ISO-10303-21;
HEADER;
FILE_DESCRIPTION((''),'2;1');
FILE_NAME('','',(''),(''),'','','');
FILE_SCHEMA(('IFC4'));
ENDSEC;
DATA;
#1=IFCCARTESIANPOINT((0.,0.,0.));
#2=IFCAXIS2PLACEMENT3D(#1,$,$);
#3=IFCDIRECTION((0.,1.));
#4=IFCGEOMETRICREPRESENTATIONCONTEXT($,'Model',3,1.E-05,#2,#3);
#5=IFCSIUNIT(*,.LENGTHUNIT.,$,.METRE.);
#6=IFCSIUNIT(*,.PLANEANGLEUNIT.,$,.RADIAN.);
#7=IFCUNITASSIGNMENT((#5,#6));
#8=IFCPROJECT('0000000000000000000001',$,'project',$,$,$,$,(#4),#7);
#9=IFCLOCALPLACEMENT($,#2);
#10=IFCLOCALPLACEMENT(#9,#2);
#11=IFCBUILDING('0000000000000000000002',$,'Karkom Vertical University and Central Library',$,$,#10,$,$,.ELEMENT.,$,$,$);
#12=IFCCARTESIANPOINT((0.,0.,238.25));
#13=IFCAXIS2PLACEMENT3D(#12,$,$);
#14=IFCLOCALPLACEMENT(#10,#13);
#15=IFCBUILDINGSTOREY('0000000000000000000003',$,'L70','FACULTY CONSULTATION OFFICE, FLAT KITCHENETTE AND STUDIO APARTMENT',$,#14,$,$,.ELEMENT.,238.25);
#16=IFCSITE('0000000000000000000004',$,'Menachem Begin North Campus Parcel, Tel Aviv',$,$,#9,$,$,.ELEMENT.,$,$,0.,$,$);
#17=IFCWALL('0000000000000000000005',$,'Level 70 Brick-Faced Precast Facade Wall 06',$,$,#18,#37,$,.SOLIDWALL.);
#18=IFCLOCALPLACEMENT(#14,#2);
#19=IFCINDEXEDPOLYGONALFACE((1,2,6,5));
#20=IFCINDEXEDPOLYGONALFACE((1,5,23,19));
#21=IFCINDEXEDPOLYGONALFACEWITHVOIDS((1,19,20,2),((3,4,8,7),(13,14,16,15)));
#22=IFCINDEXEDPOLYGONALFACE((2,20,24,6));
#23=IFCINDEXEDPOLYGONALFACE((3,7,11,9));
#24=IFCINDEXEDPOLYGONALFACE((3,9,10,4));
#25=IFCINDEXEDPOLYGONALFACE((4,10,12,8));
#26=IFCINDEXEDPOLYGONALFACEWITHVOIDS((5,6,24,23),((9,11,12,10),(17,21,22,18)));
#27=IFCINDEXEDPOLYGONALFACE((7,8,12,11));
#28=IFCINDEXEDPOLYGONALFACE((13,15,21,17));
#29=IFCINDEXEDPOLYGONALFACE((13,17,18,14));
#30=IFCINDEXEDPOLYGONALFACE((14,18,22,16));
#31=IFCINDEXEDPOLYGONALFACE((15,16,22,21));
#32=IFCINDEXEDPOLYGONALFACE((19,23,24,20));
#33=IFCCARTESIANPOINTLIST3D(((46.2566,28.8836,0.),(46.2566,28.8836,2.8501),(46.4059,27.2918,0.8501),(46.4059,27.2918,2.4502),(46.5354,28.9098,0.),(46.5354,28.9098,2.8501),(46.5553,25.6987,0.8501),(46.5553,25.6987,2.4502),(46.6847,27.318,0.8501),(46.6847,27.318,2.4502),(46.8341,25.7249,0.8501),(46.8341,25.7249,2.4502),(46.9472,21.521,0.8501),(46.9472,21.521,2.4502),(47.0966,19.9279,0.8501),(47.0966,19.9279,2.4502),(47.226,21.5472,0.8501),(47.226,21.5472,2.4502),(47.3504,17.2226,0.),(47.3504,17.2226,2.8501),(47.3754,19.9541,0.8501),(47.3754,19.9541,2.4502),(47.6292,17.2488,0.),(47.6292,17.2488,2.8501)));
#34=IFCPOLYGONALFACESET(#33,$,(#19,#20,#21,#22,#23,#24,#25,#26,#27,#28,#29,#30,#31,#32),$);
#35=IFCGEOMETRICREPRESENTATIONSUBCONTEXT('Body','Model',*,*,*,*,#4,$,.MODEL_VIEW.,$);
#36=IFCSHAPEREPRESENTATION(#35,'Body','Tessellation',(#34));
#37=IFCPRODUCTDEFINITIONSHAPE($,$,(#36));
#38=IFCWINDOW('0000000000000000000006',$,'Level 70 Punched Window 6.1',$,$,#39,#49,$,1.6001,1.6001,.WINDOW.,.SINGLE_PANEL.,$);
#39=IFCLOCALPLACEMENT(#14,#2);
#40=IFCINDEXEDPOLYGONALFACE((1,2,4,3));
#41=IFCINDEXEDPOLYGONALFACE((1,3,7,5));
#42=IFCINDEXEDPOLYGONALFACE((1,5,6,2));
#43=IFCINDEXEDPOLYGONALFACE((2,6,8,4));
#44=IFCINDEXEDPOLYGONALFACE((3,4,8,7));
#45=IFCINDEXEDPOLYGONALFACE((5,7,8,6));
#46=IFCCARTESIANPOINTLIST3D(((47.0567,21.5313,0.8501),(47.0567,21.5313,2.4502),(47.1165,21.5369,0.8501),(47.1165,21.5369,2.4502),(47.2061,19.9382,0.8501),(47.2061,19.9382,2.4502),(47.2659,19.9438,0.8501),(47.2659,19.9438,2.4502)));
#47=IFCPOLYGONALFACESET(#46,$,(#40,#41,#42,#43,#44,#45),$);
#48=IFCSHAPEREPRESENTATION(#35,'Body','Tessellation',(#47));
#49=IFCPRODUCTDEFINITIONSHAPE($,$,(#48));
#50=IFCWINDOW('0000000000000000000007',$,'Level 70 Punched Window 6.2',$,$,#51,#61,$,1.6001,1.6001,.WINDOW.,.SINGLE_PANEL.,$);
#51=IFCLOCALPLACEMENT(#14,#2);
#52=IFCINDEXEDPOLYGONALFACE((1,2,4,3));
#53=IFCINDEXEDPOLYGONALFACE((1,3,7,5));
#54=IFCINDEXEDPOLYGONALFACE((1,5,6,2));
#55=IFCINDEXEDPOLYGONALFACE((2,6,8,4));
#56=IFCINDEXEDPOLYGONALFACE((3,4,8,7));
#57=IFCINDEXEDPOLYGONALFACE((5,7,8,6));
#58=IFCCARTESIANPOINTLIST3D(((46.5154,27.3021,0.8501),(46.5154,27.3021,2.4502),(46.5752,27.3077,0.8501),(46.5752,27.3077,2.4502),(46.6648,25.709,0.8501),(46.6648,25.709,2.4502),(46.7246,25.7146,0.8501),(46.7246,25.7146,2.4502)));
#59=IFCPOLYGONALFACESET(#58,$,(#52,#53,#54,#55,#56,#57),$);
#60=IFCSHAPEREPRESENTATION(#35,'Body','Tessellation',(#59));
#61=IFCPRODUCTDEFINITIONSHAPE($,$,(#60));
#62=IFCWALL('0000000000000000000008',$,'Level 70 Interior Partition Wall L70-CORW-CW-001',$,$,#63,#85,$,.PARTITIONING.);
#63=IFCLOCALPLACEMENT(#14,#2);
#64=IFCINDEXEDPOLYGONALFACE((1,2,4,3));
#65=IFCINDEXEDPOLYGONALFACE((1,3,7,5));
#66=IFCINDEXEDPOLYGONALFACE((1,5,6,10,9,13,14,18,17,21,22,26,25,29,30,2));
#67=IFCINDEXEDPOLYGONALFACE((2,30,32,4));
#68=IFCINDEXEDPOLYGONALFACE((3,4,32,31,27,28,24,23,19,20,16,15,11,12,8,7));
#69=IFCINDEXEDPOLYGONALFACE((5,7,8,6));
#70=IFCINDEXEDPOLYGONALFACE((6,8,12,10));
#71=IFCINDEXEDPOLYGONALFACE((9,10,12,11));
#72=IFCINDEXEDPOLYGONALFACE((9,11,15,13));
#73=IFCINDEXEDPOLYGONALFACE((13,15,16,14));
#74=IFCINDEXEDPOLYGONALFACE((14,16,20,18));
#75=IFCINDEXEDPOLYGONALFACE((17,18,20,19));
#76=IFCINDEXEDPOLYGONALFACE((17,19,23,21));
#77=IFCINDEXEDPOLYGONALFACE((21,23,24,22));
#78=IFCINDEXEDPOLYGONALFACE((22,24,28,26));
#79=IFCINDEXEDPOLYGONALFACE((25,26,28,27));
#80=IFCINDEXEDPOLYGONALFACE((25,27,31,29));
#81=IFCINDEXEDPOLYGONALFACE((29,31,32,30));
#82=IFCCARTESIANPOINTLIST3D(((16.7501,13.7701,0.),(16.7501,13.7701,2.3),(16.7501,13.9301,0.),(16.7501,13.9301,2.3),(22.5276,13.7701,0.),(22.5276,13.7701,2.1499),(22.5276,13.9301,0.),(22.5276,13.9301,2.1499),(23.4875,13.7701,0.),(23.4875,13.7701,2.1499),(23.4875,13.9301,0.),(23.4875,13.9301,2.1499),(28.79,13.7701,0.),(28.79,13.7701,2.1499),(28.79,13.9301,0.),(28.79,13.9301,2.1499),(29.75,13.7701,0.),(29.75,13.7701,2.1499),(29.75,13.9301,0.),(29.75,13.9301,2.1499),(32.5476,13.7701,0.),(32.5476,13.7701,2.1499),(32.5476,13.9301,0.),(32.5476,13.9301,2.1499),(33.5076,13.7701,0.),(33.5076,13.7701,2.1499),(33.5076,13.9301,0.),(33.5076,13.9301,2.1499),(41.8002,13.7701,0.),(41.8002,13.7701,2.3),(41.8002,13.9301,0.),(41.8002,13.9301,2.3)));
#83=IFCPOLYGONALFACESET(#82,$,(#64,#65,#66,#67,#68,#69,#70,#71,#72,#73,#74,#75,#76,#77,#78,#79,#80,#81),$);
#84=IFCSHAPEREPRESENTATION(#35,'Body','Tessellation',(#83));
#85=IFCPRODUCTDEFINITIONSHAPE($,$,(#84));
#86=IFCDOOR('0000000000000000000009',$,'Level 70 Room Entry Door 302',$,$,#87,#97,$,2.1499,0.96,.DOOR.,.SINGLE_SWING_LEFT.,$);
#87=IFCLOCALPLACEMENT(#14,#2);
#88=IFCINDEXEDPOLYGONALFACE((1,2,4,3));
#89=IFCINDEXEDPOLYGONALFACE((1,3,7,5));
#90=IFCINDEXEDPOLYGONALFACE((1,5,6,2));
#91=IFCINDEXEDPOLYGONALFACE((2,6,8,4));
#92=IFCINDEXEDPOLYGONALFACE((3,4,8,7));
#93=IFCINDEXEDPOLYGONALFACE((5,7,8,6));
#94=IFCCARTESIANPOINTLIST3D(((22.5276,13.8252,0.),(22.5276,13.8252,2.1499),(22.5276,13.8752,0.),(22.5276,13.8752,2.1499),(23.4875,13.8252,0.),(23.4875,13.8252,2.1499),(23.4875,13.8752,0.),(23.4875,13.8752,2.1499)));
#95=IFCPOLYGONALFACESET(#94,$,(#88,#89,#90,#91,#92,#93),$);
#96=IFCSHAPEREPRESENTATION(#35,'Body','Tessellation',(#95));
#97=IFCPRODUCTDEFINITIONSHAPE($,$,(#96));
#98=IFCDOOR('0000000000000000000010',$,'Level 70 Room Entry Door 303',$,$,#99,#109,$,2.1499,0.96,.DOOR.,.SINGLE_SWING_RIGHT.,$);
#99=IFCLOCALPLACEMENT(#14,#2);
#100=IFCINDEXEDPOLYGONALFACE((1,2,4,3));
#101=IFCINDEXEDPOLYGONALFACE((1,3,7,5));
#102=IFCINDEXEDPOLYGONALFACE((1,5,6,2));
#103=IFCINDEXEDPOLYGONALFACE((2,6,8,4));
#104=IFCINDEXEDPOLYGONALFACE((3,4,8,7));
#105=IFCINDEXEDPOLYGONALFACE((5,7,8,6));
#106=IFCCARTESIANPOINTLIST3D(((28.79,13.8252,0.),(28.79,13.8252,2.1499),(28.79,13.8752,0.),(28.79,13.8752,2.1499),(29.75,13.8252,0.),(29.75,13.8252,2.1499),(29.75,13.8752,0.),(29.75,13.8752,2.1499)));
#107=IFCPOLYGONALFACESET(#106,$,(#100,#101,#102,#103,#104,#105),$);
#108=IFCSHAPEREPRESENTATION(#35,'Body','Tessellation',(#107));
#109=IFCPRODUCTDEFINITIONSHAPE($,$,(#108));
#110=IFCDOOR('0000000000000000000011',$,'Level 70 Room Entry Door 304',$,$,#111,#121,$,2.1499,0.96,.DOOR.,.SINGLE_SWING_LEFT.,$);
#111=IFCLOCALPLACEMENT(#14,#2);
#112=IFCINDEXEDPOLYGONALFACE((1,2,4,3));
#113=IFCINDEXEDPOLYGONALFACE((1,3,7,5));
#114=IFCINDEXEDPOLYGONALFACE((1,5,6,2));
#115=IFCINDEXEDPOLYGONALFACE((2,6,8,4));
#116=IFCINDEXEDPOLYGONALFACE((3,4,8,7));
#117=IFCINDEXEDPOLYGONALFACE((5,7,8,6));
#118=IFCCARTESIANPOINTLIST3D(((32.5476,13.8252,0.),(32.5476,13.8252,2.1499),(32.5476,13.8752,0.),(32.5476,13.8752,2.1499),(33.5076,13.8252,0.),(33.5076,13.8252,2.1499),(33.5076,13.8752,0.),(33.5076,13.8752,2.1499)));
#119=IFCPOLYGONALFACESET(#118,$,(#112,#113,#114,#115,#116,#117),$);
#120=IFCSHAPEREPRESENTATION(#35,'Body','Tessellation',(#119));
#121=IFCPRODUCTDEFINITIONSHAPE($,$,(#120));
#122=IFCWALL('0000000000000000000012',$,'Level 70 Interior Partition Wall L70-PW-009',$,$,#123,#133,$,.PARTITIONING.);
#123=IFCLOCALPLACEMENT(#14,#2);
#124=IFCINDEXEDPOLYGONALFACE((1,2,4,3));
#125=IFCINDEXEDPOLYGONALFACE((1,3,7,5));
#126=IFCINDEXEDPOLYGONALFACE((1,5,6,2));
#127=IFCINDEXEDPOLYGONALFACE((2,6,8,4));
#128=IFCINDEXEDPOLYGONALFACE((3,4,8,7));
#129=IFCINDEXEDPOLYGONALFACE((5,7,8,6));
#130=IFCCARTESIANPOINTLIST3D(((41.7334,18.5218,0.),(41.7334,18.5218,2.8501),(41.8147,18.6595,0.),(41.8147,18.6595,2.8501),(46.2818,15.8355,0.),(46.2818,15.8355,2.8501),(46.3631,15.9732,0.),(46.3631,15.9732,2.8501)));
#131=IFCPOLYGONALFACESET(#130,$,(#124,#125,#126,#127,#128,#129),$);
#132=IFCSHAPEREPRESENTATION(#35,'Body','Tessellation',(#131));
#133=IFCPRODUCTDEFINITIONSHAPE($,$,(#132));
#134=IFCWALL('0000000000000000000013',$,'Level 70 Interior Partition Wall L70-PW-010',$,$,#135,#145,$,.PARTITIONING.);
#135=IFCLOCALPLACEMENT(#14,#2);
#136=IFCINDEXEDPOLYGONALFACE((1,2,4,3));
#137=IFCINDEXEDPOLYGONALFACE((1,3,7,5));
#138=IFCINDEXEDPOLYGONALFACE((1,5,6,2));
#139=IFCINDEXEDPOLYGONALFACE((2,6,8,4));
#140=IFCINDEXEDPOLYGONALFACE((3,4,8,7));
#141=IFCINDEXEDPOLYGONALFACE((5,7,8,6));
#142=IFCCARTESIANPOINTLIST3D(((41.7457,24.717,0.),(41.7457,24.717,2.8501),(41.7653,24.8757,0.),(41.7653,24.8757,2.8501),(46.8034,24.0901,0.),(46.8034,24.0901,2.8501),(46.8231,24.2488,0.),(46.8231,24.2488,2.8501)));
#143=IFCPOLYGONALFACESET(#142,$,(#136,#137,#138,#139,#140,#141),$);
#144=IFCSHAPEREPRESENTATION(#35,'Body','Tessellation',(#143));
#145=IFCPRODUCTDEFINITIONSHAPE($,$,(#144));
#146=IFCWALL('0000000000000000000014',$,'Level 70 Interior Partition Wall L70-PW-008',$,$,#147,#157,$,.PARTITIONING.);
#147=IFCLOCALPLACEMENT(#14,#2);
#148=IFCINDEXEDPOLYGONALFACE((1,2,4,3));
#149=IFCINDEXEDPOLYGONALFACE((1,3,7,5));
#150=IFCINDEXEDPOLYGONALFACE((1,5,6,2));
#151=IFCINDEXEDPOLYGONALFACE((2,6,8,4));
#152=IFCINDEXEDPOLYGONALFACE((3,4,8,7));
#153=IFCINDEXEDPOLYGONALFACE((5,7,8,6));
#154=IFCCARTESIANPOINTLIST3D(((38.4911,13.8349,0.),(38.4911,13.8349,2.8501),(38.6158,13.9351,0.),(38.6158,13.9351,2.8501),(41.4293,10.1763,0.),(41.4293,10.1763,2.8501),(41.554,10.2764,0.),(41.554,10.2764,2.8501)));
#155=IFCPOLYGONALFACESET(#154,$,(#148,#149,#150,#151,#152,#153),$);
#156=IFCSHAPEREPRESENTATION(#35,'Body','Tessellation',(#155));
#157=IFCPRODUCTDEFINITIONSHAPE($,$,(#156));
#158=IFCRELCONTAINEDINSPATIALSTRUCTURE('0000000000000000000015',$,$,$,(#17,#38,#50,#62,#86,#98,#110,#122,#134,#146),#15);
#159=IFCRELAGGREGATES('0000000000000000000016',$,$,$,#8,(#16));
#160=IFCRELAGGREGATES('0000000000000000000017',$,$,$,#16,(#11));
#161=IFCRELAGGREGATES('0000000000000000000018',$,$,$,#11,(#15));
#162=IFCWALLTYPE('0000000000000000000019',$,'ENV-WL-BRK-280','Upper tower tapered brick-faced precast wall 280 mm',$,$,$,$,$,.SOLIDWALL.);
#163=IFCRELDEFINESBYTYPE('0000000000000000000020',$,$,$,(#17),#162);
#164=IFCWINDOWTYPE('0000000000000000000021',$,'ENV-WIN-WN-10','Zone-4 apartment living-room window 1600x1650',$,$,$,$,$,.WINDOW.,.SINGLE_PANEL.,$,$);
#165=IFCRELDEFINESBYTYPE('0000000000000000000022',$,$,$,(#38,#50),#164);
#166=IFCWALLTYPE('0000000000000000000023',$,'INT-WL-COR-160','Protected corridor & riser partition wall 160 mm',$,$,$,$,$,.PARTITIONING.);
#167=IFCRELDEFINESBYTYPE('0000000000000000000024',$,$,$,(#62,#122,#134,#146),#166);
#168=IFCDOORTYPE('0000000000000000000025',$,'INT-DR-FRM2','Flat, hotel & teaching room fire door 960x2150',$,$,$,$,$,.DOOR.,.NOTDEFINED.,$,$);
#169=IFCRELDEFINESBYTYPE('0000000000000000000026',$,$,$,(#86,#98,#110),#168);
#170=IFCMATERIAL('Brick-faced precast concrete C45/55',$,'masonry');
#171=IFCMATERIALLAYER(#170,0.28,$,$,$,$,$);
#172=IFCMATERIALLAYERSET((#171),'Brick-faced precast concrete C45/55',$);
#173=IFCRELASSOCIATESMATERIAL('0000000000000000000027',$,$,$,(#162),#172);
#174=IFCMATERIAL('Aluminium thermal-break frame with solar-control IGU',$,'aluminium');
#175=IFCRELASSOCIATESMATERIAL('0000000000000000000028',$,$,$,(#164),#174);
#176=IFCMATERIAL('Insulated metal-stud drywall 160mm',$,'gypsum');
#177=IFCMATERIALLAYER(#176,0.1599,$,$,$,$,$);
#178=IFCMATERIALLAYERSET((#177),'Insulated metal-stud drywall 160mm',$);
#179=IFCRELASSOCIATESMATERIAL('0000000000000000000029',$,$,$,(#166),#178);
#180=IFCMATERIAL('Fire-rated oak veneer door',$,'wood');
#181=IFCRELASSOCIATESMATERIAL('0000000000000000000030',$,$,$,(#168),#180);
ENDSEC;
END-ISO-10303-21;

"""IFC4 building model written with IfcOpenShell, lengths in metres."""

from ifc_helpers import new_model, si_unit, direction, frame, frame_2d, origin, origin_with_axes, place, context, subcontext, project, spatial, rectangle, extrude, source, transform, mapped, material, layer, layer_set, type_object, element, fill, save


model = new_model("IFC4")

# Units and contexts
model_context = context("Model", 3, precision=1e-05, world=origin(), true_north=direction((0.0, 1.0)))
body_context = subcontext(model_context, "Body", "Model", "MODEL_VIEW")
ifc_project = project(units=[si_unit("LENGTHUNIT", "METRE"), si_unit("PLANEANGLEUNIT", "RADIAN")], contexts=[model_context])

# Site, building, storey
site_placement = place(None, origin())
site = spatial("IfcSite", under=ifc_project, at=site_placement, Name="Menachem Begin North Campus Parcel, Tel Aviv", CompositionType="ELEMENT", RefElevation=0.0)
building_placement = place(site_placement, origin())
building = spatial("IfcBuilding", under=site, at=building_placement, Name="Karkom Vertical University and Central Library", CompositionType="ELEMENT")
storey_placement = place(building_placement, frame((0.0, 0.0, 238.25)))
storey = spatial("IfcBuildingStorey", under=building, at=storey_placement, Name="L70", Description="FACULTY CONSULTATION OFFICE, FLAT KITCHENETTE AND STUDIO APARTMENT", CompositionType="ELEMENT", Elevation=238.25)

# Shared definitions
ifc_material_1 = material(Name="Brick-faced precast concrete C45/55", Category="masonry")
ifc_layer_1 = layer(ifc_material_1, 0.28)
ifc_layer_set_1 = layer_set([ifc_layer_1], Name="Brick-faced precast concrete C45/55")
wall_type_1 = type_object("IfcWallType", Name="ENV-WL-BRK-280", Description="Upper tower tapered brick-faced precast wall 280 mm", PredefinedType="SOLIDWALL", material=ifc_layer_set_1)
ifc_material_2 = material(Name="Aluminium thermal-break frame with solar-control IGU", Category="aluminium")
window_type = type_object("IfcWindowType", Name="ENV-WIN-WN-10", Description="Zone-4 apartment living-room window 1600x1650", PartitioningType="SINGLE_PANEL", PredefinedType="WINDOW", material=ifc_material_2)
shared_shape_1 = source(origin_with_axes(), body_context, "Body", "SweptSolid", [
    extrude(rectangle(XDim=1.6001, YDim=1.6001, at=frame_2d((0.8, 0.8))), frame((0.0, 0.03, 0.0), z_axis=(0.0, -1.0, 0.0), x_axis=(1.0, 0.0, 0.0)), (0.0, 0.0, 1.0), 0.0601),
])

# Wall, openings, windows
wall_1_placement = place(storey_placement, frame((47.4897, 17.2358, 0.0), z_axis=(0.0, 0.0, 1.0), x_axis=(-0.093387, 0.99563, 0.0)))
wall_1 = element("IfcWall", 1, at=wall_1_placement, inside=storey, type_object=wall_type_1, Name="Level 70 Brick-Faced Precast Facade Wall 06", PredefinedType="SOLIDWALL", context=body_context, shape_type="SweptSolid", body=[
    extrude(rectangle(XDim=11.7122, YDim=0.28, at=frame_2d((5.856, 0.0))), origin(), (0.0, 0.0, 1.0), 2.8501),
])
opening_1_placement = place(wall_1_placement, frame((2.717, 0.0, 0.8501)))
opening_1 = element("IfcOpeningElement", 2, at=opening_1_placement, cuts=wall_1, PredefinedType="OPENING", context=body_context, shape_type="SweptSolid", body=[
    extrude(rectangle(XDim=1.6001, YDim=1.6001, at=frame_2d((0.8, 0.8))), frame((0.0, 0.1499, 0.0), z_axis=(0.0, -1.0, 0.0), x_axis=(1.0, 0.0, 0.0)), (0.0, 0.0, 1.0), 0.3),
])
opening_2_placement = place(wall_1_placement, frame((8.5132, 0.0, 0.8501)))
opening_2 = element("IfcOpeningElement", 3, at=opening_2_placement, cuts=wall_1, PredefinedType="OPENING", context=body_context, shape_type="SweptSolid", body=[
    extrude(rectangle(XDim=1.6001, YDim=1.6001, at=frame_2d((0.8, 0.8))), frame((0.0, 0.1499, 0.0), z_axis=(0.0, -1.0, 0.0), x_axis=(1.0, 0.0, 0.0)), (0.0, 0.0, 1.0), 0.3),
])
window_1_placement = place(opening_1_placement, origin())
window_1 = element("IfcWindow", 4, at=window_1_placement, inside=storey, type_object=window_type, Name="Level 70 Punched Window 6.1", OverallHeight=1.6001, OverallWidth=1.6001, PartitioningType="SINGLE_PANEL", PredefinedType="WINDOW", context=body_context, shape_type="MappedRepresentation", body=[
    mapped(shared_shape_1, transform((0.0, 0.0, 0.0), scale=1.0)),
])
fill(opening_1, window_1)
window_2_placement = place(opening_2_placement, origin())
window_2 = element("IfcWindow", 5, at=window_2_placement, inside=storey, type_object=window_type, Name="Level 70 Punched Window 6.2", OverallHeight=1.6001, OverallWidth=1.6001, PartitioningType="SINGLE_PANEL", PredefinedType="WINDOW", context=body_context, shape_type="MappedRepresentation", body=[
    mapped(shared_shape_1, transform((0.0, 0.0, 0.0), scale=1.0)),
])
fill(opening_2, window_2)

# Wall, openings, doors
ifc_material_3 = material(Name="Insulated metal-stud drywall 160mm", Category="gypsum")
ifc_layer_2 = layer(ifc_material_3, 0.1599)
ifc_layer_set_2 = layer_set([ifc_layer_2], Name="Insulated metal-stud drywall 160mm")
wall_type_2 = type_object("IfcWallType", Name="INT-WL-COR-160", Description="Protected corridor & riser partition wall 160 mm", PredefinedType="PARTITIONING", material=ifc_layer_set_2)
wall_2_placement = place(storey_placement, frame((41.8, 13.8501, 0.0), z_axis=(0.0, 0.0, 1.0), x_axis=(-1.0, 0.0, 0.0)))
wall_2 = element("IfcWall", 6, at=wall_2_placement, inside=storey, type_object=wall_type_2, Name="Level 70 Interior Partition Wall L70-CORW-CW-001", PredefinedType="PARTITIONING", context=body_context, shape_type="SweptSolid", body=[
    extrude(rectangle(XDim=25.05, YDim=0.1599, at=frame_2d((12.5249, 0.0))), origin(), (0.0, 0.0, 1.0), 2.3),
])
opening_3_placement = place(wall_2_placement, frame((18.3125, 0.0, 0.0)))
opening_3 = element("IfcOpeningElement", 7, at=opening_3_placement, cuts=wall_2, PredefinedType="OPENING", context=body_context, shape_type="SweptSolid", body=[
    extrude(rectangle(XDim=0.96, YDim=2.1499, at=frame_2d((0.48, 1.075))), frame((0.0, 0.0898, 0.0), z_axis=(0.0, -1.0, 0.0), x_axis=(1.0, 0.0, 0.0)), (0.0, 0.0, 1.0), 0.1799),
])
opening_4_placement = place(wall_2_placement, frame((12.05, 0.0, 0.0)))
opening_4 = element("IfcOpeningElement", 8, at=opening_4_placement, cuts=wall_2, PredefinedType="OPENING", context=body_context, shape_type="SweptSolid", body=[
    extrude(rectangle(XDim=0.96, YDim=2.1499, at=frame_2d((0.48, 1.075))), frame((0.0, 0.0898, 0.0), z_axis=(0.0, -1.0, 0.0), x_axis=(1.0, 0.0, 0.0)), (0.0, 0.0, 1.0), 0.1799),
])
opening_5_placement = place(wall_2_placement, frame((8.2925, 0.0, 0.0)))
opening_5 = element("IfcOpeningElement", 9, at=opening_5_placement, cuts=wall_2, PredefinedType="OPENING", context=body_context, shape_type="SweptSolid", body=[
    extrude(rectangle(XDim=0.96, YDim=2.1499, at=frame_2d((0.48, 1.075))), frame((0.0, 0.0898, 0.0), z_axis=(0.0, -1.0, 0.0), x_axis=(1.0, 0.0, 0.0)), (0.0, 0.0, 1.0), 0.1799),
])
ifc_material_4 = material(Name="Fire-rated oak veneer door", Category="wood")
door_type_1 = type_object("IfcDoorType", Name="INT-DR-FRM2", Description="Flat, hotel & teaching room fire door 960x2150", OperationType="NOTDEFINED", PredefinedType="DOOR", material=ifc_material_4)
shared_shape_2 = source(origin_with_axes(), body_context, "Body", "SweptSolid", [
    extrude(rectangle(XDim=0.96, YDim=2.1499, at=frame_2d((0.48, 1.075))), frame((0.0, 0.0249, 0.0), z_axis=(0.0, -1.0, 0.0), x_axis=(1.0, 0.0, 0.0)), (0.0, 0.0, 1.0), 0.05),
])
door_1_placement = place(opening_3_placement, origin())
door_1 = element("IfcDoor", 10, at=door_1_placement, inside=storey, type_object=door_type_1, Name="Level 70 Room Entry Door 302", OperationType="SINGLE_SWING_LEFT", OverallHeight=2.1499, OverallWidth=0.96, PredefinedType="DOOR", context=body_context, shape_type="MappedRepresentation", body=[
    mapped(shared_shape_2, transform((0.0, 0.0, 0.0), scale=1.0)),
])
fill(opening_3, door_1)
door_2_placement = place(opening_4_placement, origin())
door_2 = element("IfcDoor", 11, at=door_2_placement, inside=storey, type_object=door_type_1, Name="Level 70 Room Entry Door 303", OperationType="SINGLE_SWING_RIGHT", OverallHeight=2.1499, OverallWidth=0.96, PredefinedType="DOOR", context=body_context, shape_type="MappedRepresentation", body=[
    mapped(shared_shape_2, transform((0.0, 0.0, 0.0), scale=1.0)),
])
fill(opening_4, door_2)
door_3_placement = place(opening_5_placement, origin())
door_3 = element("IfcDoor", 12, at=door_3_placement, inside=storey, type_object=door_type_1, Name="Level 70 Room Entry Door 304", OperationType="SINGLE_SWING_LEFT", OverallHeight=2.1499, OverallWidth=0.96, PredefinedType="DOOR", context=body_context, shape_type="MappedRepresentation", body=[
    mapped(shared_shape_2, transform((0.0, 0.0, 0.0), scale=1.0)),
])
fill(opening_5, door_3)

# Walls
wall_3_placement = place(storey_placement, frame((41.7742, 18.5906, 0.0), z_axis=(0.0, 0.0, 1.0), x_axis=(0.861041, -0.508536, 0.0)))
element("IfcWall", 13, at=wall_3_placement, inside=storey, type_object=wall_type_2, Name="Level 70 Interior Partition Wall L70-PW-009", PredefinedType="PARTITIONING", context=body_context, shape_type="SweptSolid", body=[
    extrude(rectangle(XDim=5.2825, YDim=0.1599, at=frame_2d((2.6411, 0.0))), origin(), (0.0, 0.0, 1.0), 2.8501),
])
wall_4_placement = place(storey_placement, frame((41.7554, 24.7964, 0.0), z_axis=(0.0, 0.0, 1.0), x_axis=(0.992404, -0.123021, 0.0)))
element("IfcWall", 14, at=wall_4_placement, inside=storey, type_object=wall_type_2, Name="Level 70 Interior Partition Wall L70-PW-010", PredefinedType="PARTITIONING", context=body_context, shape_type="SweptSolid", body=[
    extrude(rectangle(XDim=5.0964, YDim=0.1599, at=frame_2d((2.5483, 0.0))), origin(), (0.0, 0.0, 1.0), 2.8501),
])
wall_5_placement = place(storey_placement, frame((38.5535, 13.885, 0.0), z_axis=(0.0, 0.0, 1.0), x_axis=(0.62616, -0.779695, 0.0)))
element("IfcWall", 15, at=wall_5_placement, inside=storey, type_object=wall_type_2, Name="Level 70 Interior Partition Wall L70-PW-008", PredefinedType="PARTITIONING", context=body_context, shape_type="SweptSolid", body=[
    extrude(rectangle(XDim=4.6924, YDim=0.1599, at=frame_2d((2.3462, 0.0))), origin(), (0.0, 0.0, 1.0), 2.8501),
])

save(model, "model.ifc")
